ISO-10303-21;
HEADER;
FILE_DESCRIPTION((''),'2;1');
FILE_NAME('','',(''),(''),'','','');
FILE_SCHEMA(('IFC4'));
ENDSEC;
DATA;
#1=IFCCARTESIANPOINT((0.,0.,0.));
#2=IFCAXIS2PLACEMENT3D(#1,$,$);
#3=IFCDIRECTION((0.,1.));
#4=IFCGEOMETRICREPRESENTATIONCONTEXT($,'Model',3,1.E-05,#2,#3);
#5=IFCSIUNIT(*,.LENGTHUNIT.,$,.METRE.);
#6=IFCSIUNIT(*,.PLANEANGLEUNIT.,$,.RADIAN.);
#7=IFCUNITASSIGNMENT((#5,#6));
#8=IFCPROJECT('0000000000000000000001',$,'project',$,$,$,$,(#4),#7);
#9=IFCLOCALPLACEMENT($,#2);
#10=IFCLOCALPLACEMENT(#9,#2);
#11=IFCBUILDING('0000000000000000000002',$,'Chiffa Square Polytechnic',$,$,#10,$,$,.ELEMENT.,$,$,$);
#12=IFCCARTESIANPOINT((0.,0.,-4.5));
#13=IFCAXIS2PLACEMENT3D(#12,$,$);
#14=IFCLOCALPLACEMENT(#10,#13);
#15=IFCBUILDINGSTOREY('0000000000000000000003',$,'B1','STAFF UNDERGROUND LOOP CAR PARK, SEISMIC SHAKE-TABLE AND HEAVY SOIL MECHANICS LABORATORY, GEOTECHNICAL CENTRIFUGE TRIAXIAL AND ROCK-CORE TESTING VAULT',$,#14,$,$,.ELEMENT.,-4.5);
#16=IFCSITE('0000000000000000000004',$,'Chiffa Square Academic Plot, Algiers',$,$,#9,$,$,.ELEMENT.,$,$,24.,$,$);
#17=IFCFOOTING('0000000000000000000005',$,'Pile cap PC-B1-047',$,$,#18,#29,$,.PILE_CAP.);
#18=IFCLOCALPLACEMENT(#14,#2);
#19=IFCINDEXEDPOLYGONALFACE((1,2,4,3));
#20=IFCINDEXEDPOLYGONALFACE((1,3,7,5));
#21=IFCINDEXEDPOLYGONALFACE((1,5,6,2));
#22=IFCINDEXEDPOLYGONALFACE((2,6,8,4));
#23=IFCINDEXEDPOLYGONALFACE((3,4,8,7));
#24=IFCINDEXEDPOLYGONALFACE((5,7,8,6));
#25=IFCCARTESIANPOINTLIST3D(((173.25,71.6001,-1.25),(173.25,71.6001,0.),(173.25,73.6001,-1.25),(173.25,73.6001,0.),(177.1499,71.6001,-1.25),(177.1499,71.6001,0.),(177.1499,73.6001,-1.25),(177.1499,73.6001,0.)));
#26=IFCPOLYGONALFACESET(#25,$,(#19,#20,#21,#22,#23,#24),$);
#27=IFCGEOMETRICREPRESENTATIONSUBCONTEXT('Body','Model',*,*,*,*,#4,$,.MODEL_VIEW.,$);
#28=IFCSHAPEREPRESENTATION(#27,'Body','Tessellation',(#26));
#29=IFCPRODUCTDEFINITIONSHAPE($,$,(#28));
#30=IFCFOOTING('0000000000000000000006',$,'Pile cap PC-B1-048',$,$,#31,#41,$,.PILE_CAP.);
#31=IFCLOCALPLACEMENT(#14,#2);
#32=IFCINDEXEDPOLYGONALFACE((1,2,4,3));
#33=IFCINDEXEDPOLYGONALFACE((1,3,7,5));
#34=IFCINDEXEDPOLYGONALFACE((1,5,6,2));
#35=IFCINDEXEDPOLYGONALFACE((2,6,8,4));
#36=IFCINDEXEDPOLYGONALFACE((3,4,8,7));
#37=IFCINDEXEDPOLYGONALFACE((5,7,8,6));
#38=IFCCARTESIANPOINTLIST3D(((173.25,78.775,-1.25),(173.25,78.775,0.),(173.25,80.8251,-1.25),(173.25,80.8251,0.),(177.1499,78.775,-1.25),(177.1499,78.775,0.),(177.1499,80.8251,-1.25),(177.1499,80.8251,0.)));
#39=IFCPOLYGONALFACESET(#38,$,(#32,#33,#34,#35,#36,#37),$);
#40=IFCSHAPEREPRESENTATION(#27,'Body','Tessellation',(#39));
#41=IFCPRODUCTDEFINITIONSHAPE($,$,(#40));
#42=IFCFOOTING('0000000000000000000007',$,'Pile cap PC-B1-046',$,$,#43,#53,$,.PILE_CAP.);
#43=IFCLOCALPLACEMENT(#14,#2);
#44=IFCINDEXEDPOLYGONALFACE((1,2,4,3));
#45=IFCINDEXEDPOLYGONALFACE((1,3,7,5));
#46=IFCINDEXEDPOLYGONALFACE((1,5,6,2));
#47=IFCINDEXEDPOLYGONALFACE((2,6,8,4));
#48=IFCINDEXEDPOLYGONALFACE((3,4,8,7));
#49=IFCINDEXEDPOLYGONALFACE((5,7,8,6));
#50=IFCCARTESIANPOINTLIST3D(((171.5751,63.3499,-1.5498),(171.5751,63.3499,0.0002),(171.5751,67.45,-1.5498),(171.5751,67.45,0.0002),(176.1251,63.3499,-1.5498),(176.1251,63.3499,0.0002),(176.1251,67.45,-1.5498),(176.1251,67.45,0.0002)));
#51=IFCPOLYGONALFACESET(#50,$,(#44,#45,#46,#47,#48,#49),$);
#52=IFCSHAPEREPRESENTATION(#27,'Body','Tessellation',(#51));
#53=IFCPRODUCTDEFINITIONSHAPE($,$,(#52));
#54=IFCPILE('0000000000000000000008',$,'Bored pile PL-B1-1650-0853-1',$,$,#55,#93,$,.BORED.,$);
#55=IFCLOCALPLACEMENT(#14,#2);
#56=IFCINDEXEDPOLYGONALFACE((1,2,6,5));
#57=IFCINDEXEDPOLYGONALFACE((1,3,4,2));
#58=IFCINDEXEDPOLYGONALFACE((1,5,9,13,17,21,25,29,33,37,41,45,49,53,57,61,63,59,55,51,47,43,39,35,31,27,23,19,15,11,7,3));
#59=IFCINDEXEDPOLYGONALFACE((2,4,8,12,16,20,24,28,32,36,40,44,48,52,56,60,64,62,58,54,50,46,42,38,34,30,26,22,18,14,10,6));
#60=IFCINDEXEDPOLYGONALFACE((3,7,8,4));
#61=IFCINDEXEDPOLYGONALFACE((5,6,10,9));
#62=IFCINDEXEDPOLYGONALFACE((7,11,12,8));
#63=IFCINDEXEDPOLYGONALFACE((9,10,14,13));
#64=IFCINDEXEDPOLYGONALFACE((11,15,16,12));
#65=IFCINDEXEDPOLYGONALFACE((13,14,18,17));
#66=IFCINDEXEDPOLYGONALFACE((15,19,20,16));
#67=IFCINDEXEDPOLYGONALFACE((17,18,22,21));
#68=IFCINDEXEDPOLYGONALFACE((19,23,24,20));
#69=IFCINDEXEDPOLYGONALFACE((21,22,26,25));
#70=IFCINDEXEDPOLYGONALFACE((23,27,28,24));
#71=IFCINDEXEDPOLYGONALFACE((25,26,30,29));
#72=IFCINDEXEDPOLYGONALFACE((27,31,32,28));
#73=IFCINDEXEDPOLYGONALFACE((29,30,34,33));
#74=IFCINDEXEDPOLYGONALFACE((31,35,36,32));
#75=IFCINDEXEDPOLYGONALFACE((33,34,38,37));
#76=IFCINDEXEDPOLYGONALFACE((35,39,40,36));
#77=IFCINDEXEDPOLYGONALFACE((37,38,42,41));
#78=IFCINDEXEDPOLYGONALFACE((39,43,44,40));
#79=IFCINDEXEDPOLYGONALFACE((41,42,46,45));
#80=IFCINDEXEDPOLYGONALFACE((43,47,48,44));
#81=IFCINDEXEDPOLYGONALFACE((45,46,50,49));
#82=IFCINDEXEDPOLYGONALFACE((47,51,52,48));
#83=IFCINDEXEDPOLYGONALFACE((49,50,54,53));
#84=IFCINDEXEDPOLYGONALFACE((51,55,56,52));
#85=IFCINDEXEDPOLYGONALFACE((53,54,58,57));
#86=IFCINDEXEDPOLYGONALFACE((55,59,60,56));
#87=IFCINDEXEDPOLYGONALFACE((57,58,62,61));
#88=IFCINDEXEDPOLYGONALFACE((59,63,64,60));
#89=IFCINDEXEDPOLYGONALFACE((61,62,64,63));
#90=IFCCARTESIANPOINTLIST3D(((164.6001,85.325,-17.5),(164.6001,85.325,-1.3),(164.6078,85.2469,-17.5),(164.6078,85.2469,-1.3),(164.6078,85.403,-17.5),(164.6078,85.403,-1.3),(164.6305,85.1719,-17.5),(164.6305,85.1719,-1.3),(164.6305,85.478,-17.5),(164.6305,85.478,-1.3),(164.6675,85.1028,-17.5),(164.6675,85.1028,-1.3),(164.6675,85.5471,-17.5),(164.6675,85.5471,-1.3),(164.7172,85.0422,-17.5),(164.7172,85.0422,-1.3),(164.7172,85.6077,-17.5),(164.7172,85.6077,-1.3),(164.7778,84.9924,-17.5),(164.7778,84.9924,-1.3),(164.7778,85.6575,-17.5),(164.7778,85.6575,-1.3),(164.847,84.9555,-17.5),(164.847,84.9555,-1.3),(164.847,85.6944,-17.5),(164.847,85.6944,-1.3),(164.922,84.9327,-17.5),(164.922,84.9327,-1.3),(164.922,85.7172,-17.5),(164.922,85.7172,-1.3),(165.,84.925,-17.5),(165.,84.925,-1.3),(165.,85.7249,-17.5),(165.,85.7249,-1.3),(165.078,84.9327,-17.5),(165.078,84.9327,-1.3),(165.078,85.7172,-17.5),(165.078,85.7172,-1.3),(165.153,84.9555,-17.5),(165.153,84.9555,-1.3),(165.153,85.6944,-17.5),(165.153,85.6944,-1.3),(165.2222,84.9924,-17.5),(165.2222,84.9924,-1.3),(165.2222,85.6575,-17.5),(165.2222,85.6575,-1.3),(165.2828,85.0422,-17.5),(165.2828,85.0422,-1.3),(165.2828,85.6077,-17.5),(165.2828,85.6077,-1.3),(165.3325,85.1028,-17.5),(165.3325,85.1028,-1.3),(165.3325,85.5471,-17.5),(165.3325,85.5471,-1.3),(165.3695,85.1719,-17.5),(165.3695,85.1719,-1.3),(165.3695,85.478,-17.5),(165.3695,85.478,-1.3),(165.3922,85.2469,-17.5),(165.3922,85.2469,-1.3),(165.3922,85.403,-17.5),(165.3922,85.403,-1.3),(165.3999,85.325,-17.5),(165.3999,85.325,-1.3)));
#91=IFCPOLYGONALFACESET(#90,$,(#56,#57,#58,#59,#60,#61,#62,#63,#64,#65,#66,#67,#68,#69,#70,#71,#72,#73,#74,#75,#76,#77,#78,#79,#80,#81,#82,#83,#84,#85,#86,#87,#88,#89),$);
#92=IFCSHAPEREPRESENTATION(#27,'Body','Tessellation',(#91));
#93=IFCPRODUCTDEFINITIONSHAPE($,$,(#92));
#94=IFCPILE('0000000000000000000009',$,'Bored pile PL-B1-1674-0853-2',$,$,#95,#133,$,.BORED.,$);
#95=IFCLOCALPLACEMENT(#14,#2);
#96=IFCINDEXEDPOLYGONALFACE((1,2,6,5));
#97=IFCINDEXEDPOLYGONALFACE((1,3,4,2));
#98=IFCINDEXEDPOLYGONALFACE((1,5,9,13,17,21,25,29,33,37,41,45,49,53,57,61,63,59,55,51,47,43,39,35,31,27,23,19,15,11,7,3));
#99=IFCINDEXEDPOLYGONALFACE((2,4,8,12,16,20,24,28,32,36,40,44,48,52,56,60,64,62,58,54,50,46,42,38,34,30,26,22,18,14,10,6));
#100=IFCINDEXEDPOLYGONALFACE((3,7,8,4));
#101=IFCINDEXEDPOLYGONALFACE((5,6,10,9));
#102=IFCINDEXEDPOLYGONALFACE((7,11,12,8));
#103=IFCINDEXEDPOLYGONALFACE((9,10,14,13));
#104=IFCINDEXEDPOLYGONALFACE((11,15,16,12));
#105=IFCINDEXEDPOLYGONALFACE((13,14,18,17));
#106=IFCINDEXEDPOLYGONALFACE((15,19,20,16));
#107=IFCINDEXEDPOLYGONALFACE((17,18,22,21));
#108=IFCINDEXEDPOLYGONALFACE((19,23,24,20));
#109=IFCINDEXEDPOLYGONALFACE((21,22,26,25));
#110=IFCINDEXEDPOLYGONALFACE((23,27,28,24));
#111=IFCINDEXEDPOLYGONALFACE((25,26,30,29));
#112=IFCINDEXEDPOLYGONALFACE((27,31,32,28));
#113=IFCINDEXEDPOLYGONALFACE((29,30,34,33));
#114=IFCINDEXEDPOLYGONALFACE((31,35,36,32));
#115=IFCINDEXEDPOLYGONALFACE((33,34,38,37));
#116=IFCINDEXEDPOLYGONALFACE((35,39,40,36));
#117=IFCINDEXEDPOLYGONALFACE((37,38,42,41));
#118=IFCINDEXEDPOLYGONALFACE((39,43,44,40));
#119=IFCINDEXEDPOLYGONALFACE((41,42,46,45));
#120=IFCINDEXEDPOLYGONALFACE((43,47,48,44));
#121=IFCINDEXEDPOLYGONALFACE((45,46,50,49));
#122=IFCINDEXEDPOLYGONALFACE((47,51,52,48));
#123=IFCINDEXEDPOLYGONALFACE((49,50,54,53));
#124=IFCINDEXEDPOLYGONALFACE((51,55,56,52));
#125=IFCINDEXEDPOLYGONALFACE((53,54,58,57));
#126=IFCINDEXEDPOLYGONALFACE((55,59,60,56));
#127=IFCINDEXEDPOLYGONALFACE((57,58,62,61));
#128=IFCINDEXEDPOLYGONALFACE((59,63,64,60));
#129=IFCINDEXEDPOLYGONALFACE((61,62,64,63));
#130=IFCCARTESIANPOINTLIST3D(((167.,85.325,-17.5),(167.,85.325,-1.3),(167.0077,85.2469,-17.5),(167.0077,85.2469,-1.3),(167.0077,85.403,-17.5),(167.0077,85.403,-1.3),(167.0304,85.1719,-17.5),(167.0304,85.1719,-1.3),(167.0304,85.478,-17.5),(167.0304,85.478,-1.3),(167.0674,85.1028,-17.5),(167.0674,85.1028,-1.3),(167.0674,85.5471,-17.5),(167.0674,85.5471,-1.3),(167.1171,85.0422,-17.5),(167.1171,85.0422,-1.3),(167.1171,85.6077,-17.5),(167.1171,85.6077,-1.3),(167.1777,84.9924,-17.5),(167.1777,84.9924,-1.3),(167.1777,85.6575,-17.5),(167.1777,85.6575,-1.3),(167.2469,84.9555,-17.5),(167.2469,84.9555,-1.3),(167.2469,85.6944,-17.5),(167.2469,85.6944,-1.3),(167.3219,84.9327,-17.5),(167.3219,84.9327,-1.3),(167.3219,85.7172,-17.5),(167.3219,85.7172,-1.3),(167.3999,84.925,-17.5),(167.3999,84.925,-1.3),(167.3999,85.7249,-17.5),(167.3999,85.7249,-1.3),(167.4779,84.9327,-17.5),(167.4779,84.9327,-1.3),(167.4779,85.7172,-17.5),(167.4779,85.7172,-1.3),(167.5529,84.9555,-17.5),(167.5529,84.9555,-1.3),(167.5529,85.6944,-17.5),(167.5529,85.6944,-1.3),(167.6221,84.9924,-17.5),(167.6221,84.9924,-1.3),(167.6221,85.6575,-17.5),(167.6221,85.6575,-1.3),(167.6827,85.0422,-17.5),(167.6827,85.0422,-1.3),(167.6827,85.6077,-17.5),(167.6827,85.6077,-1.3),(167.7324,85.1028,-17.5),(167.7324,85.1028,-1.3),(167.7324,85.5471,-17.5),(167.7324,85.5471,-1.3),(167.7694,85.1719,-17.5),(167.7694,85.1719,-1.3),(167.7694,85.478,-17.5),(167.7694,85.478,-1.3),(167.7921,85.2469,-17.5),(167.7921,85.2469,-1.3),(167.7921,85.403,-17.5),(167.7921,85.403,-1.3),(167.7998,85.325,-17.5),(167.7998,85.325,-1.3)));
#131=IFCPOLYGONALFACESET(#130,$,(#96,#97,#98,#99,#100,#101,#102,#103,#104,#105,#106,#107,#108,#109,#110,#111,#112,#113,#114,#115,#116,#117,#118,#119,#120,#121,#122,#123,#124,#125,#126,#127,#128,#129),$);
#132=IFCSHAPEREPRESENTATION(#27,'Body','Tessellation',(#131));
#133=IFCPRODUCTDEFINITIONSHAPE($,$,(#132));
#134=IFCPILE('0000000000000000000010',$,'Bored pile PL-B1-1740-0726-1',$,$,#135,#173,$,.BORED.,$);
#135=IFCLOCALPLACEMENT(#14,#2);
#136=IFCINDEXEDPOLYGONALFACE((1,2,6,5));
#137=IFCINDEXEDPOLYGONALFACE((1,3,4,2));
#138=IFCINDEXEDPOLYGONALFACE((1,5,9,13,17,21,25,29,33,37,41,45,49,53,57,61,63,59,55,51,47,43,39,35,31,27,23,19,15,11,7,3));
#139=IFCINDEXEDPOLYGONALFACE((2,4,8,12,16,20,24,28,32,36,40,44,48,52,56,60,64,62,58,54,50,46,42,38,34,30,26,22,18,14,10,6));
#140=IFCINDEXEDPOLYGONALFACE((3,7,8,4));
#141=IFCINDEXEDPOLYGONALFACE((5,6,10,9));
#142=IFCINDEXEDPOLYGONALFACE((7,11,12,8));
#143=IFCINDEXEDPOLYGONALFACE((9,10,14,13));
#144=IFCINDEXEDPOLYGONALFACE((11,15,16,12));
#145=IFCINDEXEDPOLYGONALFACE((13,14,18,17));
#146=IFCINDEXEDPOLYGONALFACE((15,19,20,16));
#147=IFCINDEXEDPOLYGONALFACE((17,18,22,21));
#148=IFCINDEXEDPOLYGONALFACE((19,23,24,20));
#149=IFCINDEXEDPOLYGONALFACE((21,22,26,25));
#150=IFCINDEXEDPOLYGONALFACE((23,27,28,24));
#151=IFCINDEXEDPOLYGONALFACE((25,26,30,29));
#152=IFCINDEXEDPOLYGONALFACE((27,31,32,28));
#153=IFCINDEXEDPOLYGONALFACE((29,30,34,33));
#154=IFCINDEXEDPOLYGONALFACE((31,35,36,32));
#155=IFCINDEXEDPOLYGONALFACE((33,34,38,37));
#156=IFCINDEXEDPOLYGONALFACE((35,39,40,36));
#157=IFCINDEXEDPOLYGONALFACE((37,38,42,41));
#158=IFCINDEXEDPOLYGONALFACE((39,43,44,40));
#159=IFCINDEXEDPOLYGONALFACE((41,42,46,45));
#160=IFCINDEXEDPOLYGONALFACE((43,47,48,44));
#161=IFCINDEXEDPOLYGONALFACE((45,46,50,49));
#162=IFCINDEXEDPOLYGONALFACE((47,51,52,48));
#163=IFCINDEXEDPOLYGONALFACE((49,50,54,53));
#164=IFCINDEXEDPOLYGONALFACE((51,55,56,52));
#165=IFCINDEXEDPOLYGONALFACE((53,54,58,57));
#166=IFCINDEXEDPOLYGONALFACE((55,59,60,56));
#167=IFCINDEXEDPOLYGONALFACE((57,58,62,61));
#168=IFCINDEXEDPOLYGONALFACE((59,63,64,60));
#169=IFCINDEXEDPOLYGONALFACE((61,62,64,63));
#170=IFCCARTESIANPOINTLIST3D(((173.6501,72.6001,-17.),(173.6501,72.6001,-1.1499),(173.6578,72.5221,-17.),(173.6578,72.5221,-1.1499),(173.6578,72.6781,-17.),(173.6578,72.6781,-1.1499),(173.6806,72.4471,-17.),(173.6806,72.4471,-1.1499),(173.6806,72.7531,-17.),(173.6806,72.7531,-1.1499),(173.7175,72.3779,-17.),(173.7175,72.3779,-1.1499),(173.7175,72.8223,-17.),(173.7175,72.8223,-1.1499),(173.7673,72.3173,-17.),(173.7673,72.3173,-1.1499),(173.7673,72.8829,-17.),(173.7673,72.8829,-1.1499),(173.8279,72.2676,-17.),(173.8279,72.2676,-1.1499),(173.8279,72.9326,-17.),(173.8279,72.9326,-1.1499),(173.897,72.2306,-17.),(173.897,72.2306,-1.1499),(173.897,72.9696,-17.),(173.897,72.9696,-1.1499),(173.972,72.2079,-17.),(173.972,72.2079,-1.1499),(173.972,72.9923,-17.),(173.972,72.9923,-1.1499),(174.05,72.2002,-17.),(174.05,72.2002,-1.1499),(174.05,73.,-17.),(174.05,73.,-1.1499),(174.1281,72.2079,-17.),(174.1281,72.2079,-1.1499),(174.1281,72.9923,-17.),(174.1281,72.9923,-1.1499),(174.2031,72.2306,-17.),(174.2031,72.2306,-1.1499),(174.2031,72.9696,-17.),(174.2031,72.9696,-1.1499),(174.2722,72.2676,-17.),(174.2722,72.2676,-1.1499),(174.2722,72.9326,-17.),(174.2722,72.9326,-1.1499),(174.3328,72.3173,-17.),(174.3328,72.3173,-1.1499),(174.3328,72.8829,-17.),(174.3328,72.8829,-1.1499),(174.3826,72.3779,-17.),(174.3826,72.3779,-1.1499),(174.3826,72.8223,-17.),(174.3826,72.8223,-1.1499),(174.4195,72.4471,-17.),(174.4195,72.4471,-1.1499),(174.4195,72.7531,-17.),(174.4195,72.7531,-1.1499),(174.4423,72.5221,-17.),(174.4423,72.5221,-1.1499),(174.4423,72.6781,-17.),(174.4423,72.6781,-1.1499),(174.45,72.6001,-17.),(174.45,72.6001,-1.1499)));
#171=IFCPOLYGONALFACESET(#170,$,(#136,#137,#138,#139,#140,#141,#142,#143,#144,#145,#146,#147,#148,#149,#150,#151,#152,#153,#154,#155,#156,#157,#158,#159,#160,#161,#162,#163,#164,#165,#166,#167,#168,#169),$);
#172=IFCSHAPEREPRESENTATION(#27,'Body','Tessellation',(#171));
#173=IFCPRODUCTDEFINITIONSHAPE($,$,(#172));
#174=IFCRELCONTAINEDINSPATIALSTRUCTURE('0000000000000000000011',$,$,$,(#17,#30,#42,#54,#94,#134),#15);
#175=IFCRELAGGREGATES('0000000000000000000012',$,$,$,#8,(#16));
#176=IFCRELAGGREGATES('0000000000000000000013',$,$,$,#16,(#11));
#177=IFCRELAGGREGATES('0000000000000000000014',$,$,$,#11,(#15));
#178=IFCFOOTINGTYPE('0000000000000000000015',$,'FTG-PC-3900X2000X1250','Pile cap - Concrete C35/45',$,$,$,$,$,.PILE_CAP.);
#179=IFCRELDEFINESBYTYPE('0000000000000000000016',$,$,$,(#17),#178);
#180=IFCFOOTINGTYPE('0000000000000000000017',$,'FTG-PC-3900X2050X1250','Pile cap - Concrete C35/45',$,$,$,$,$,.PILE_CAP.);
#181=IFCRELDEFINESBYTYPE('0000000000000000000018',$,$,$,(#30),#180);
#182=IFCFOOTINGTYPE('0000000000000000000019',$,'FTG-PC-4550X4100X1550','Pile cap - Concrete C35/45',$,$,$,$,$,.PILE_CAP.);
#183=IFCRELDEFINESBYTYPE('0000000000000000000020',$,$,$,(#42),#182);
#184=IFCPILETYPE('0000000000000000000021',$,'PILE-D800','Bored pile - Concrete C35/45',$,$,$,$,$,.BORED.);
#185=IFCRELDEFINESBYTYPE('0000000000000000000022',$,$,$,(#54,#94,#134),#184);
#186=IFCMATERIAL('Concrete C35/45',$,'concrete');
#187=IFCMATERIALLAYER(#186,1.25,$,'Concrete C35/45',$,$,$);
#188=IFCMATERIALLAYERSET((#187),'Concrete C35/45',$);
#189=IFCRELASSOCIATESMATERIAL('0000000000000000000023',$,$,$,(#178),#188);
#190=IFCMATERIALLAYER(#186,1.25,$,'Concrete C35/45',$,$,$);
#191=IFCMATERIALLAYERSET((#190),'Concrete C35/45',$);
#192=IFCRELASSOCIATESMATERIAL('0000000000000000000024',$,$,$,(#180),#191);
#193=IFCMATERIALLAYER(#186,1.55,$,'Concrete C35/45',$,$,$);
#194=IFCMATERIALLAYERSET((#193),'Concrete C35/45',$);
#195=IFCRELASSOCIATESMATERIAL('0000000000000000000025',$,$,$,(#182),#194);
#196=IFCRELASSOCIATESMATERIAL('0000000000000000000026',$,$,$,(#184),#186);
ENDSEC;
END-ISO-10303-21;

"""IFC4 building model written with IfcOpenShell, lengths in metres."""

from ifc_helpers import new_model, si_unit, direction, frame, origin, origin_2d, place, context, subcontext, project, spatial, rectangle, circle, extrude, material, layer, layer_set, material_profile, profile_set, type_object, element, save


model = new_model("IFC4")

# Units and contexts
model_context = context("Model", 3, precision=1e-05, world=origin(), true_north=direction((0.0, 1.0)))
body_context = subcontext(model_context, "Body", "Model", "MODEL_VIEW")
ifc_project = project(units=[si_unit("LENGTHUNIT", "METRE"), si_unit("PLANEANGLEUNIT", "RADIAN")], contexts=[model_context])

# Site, building, storey
site_placement = place(None, origin())
site = spatial("IfcSite", under=ifc_project, at=site_placement, Name="Chiffa Square Academic Plot, Algiers", CompositionType="ELEMENT", RefElevation=24.0)
building_placement = place(site_placement, origin())
building = spatial("IfcBuilding", under=site, at=building_placement, Name="Chiffa Square Polytechnic", CompositionType="ELEMENT")
storey_placement = place(building_placement, frame((0.0, 0.0, -4.5)))
storey = spatial("IfcBuildingStorey", under=building, at=storey_placement, Name="B1", Description="STAFF UNDERGROUND LOOP CAR PARK, SEISMIC SHAKE-TABLE AND HEAVY SOIL MECHANICS LABORATORY, GEOTECHNICAL CENTRIFUGE TRIAXIAL AND ROCK-CORE TESTING VAULT", CompositionType="ELEMENT", Elevation=-4.5)

# Footings
ifc_material = material(Name="Concrete C35/45", Category="concrete")
ifc_layer_1 = layer(ifc_material, 1.25, Name="Concrete C35/45")
ifc_layer_set_1 = layer_set([ifc_layer_1], Name="Concrete C35/45")
footing_type_1 = type_object("IfcFootingType", Name="FTG-PC-3900X2000X1250", Description="Pile cap - Concrete C35/45", PredefinedType="PILE_CAP", material=ifc_layer_set_1)
footing_1_placement = place(storey_placement, frame((175.2, 72.6001, -1.25), z_axis=(0.0, 0.0, 1.0), x_axis=(1.0, 0.0, 0.0)))
element("IfcFooting", 1, at=footing_1_placement, inside=storey, type_object=footing_type_1, Name="Pile cap PC-B1-047", PredefinedType="PILE_CAP", context=body_context, shape_type="SweptSolid", body=[
    extrude(rectangle(XDim=3.8999, YDim=2.0, at=origin_2d()), origin(), (0.0, 0.0, 1.0), 1.25),
])
ifc_layer_2 = layer(ifc_material, 1.25, Name="Concrete C35/45")
ifc_layer_set_2 = layer_set([ifc_layer_2], Name="Concrete C35/45")
footing_type_2 = type_object("IfcFootingType", Name="FTG-PC-3900X2050X1250", Description="Pile cap - Concrete C35/45", PredefinedType="PILE_CAP", material=ifc_layer_set_2)
footing_2_placement = place(storey_placement, frame((175.2, 79.8, -1.25), z_axis=(0.0, 0.0, 1.0), x_axis=(1.0, 0.0, 0.0)))
element("IfcFooting", 2, at=footing_2_placement, inside=storey, type_object=footing_type_2, Name="Pile cap PC-B1-048", PredefinedType="PILE_CAP", context=body_context, shape_type="SweptSolid", body=[
    extrude(rectangle(XDim=3.8999, YDim=2.05, at=origin_2d()), origin(), (0.0, 0.0, 1.0), 1.25),
])
ifc_layer_3 = layer(ifc_material, 1.55, Name="Concrete C35/45")
ifc_layer_set_3 = layer_set([ifc_layer_3], Name="Concrete C35/45")
footing_type_3 = type_object("IfcFootingType", Name="FTG-PC-4550X4100X1550", Description="Pile cap - Concrete C35/45", PredefinedType="PILE_CAP", material=ifc_layer_set_3)
footing_3_placement = place(storey_placement, frame((173.8501, 65.3999, -1.5498), z_axis=(0.0, 0.0, 1.0), x_axis=(1.0, 0.0, 0.0)))
element("IfcFooting", 3, at=footing_3_placement, inside=storey, type_object=footing_type_3, Name="Pile cap PC-B1-046", PredefinedType="PILE_CAP", context=body_context, shape_type="SweptSolid", body=[
    extrude(rectangle(XDim=4.55, YDim=4.1001, at=origin_2d()), origin(), (0.0, 0.0, 1.0), 1.55),
])

# Piles
ifc_material_profile_1 = material_profile(ifc_material, circle(Radius=0.3999, at=origin_2d()), Name="PILE D800")
ifc_profile_set_1 = profile_set([ifc_material_profile_1], Name="Concrete C35/45")
pile_type_1 = type_object("IfcPileType", Name="PILE-D800", Description="Bored pile - Concrete C35/45", PredefinedType="BORED", material=ifc_profile_set_1)
for number, where, z_axis, x_axis, name in (
    (4, (165.0, 85.325, -1.3), (0.0, 0.0, -1.0), (1.0, 0.0, 0.0), "Bored pile PL-B1-1650-0853-1"),
    (5, (167.3999, 85.325, -1.3), (0.0, 0.0, -1.0), (1.0, 0.0, 0.0), "Bored pile PL-B1-1674-0853-2"),
):
    element("IfcPile", number, at=place(storey_placement, frame(where, z_axis=z_axis, x_axis=x_axis)), inside=storey, type_object=pile_type_1, Name=name, PredefinedType="BORED", context=body_context, shape_type="SweptSolid", body=[
        extrude(circle(Radius=0.3999, at=origin_2d()), origin(), (0.0, 0.0, 1.0), 16.2),
    ])
for number, where, z_axis, x_axis, name in (
    (6, (174.05, 72.6001, -1.1499), (0.0, 0.0, -1.0), (1.0, 0.0, 0.0), "Bored pile PL-B1-1740-0726-1"),
):
    element("IfcPile", number, at=place(storey_placement, frame(where, z_axis=z_axis, x_axis=x_axis)), inside=storey, type_object=pile_type_1, Name=name, PredefinedType="BORED", context=body_context, shape_type="SweptSolid", body=[
        extrude(circle(Radius=0.3999, at=origin_2d()), origin(), (0.0, 0.0, 1.0), 15.8501),
    ])

save(model, "model.ifc")
